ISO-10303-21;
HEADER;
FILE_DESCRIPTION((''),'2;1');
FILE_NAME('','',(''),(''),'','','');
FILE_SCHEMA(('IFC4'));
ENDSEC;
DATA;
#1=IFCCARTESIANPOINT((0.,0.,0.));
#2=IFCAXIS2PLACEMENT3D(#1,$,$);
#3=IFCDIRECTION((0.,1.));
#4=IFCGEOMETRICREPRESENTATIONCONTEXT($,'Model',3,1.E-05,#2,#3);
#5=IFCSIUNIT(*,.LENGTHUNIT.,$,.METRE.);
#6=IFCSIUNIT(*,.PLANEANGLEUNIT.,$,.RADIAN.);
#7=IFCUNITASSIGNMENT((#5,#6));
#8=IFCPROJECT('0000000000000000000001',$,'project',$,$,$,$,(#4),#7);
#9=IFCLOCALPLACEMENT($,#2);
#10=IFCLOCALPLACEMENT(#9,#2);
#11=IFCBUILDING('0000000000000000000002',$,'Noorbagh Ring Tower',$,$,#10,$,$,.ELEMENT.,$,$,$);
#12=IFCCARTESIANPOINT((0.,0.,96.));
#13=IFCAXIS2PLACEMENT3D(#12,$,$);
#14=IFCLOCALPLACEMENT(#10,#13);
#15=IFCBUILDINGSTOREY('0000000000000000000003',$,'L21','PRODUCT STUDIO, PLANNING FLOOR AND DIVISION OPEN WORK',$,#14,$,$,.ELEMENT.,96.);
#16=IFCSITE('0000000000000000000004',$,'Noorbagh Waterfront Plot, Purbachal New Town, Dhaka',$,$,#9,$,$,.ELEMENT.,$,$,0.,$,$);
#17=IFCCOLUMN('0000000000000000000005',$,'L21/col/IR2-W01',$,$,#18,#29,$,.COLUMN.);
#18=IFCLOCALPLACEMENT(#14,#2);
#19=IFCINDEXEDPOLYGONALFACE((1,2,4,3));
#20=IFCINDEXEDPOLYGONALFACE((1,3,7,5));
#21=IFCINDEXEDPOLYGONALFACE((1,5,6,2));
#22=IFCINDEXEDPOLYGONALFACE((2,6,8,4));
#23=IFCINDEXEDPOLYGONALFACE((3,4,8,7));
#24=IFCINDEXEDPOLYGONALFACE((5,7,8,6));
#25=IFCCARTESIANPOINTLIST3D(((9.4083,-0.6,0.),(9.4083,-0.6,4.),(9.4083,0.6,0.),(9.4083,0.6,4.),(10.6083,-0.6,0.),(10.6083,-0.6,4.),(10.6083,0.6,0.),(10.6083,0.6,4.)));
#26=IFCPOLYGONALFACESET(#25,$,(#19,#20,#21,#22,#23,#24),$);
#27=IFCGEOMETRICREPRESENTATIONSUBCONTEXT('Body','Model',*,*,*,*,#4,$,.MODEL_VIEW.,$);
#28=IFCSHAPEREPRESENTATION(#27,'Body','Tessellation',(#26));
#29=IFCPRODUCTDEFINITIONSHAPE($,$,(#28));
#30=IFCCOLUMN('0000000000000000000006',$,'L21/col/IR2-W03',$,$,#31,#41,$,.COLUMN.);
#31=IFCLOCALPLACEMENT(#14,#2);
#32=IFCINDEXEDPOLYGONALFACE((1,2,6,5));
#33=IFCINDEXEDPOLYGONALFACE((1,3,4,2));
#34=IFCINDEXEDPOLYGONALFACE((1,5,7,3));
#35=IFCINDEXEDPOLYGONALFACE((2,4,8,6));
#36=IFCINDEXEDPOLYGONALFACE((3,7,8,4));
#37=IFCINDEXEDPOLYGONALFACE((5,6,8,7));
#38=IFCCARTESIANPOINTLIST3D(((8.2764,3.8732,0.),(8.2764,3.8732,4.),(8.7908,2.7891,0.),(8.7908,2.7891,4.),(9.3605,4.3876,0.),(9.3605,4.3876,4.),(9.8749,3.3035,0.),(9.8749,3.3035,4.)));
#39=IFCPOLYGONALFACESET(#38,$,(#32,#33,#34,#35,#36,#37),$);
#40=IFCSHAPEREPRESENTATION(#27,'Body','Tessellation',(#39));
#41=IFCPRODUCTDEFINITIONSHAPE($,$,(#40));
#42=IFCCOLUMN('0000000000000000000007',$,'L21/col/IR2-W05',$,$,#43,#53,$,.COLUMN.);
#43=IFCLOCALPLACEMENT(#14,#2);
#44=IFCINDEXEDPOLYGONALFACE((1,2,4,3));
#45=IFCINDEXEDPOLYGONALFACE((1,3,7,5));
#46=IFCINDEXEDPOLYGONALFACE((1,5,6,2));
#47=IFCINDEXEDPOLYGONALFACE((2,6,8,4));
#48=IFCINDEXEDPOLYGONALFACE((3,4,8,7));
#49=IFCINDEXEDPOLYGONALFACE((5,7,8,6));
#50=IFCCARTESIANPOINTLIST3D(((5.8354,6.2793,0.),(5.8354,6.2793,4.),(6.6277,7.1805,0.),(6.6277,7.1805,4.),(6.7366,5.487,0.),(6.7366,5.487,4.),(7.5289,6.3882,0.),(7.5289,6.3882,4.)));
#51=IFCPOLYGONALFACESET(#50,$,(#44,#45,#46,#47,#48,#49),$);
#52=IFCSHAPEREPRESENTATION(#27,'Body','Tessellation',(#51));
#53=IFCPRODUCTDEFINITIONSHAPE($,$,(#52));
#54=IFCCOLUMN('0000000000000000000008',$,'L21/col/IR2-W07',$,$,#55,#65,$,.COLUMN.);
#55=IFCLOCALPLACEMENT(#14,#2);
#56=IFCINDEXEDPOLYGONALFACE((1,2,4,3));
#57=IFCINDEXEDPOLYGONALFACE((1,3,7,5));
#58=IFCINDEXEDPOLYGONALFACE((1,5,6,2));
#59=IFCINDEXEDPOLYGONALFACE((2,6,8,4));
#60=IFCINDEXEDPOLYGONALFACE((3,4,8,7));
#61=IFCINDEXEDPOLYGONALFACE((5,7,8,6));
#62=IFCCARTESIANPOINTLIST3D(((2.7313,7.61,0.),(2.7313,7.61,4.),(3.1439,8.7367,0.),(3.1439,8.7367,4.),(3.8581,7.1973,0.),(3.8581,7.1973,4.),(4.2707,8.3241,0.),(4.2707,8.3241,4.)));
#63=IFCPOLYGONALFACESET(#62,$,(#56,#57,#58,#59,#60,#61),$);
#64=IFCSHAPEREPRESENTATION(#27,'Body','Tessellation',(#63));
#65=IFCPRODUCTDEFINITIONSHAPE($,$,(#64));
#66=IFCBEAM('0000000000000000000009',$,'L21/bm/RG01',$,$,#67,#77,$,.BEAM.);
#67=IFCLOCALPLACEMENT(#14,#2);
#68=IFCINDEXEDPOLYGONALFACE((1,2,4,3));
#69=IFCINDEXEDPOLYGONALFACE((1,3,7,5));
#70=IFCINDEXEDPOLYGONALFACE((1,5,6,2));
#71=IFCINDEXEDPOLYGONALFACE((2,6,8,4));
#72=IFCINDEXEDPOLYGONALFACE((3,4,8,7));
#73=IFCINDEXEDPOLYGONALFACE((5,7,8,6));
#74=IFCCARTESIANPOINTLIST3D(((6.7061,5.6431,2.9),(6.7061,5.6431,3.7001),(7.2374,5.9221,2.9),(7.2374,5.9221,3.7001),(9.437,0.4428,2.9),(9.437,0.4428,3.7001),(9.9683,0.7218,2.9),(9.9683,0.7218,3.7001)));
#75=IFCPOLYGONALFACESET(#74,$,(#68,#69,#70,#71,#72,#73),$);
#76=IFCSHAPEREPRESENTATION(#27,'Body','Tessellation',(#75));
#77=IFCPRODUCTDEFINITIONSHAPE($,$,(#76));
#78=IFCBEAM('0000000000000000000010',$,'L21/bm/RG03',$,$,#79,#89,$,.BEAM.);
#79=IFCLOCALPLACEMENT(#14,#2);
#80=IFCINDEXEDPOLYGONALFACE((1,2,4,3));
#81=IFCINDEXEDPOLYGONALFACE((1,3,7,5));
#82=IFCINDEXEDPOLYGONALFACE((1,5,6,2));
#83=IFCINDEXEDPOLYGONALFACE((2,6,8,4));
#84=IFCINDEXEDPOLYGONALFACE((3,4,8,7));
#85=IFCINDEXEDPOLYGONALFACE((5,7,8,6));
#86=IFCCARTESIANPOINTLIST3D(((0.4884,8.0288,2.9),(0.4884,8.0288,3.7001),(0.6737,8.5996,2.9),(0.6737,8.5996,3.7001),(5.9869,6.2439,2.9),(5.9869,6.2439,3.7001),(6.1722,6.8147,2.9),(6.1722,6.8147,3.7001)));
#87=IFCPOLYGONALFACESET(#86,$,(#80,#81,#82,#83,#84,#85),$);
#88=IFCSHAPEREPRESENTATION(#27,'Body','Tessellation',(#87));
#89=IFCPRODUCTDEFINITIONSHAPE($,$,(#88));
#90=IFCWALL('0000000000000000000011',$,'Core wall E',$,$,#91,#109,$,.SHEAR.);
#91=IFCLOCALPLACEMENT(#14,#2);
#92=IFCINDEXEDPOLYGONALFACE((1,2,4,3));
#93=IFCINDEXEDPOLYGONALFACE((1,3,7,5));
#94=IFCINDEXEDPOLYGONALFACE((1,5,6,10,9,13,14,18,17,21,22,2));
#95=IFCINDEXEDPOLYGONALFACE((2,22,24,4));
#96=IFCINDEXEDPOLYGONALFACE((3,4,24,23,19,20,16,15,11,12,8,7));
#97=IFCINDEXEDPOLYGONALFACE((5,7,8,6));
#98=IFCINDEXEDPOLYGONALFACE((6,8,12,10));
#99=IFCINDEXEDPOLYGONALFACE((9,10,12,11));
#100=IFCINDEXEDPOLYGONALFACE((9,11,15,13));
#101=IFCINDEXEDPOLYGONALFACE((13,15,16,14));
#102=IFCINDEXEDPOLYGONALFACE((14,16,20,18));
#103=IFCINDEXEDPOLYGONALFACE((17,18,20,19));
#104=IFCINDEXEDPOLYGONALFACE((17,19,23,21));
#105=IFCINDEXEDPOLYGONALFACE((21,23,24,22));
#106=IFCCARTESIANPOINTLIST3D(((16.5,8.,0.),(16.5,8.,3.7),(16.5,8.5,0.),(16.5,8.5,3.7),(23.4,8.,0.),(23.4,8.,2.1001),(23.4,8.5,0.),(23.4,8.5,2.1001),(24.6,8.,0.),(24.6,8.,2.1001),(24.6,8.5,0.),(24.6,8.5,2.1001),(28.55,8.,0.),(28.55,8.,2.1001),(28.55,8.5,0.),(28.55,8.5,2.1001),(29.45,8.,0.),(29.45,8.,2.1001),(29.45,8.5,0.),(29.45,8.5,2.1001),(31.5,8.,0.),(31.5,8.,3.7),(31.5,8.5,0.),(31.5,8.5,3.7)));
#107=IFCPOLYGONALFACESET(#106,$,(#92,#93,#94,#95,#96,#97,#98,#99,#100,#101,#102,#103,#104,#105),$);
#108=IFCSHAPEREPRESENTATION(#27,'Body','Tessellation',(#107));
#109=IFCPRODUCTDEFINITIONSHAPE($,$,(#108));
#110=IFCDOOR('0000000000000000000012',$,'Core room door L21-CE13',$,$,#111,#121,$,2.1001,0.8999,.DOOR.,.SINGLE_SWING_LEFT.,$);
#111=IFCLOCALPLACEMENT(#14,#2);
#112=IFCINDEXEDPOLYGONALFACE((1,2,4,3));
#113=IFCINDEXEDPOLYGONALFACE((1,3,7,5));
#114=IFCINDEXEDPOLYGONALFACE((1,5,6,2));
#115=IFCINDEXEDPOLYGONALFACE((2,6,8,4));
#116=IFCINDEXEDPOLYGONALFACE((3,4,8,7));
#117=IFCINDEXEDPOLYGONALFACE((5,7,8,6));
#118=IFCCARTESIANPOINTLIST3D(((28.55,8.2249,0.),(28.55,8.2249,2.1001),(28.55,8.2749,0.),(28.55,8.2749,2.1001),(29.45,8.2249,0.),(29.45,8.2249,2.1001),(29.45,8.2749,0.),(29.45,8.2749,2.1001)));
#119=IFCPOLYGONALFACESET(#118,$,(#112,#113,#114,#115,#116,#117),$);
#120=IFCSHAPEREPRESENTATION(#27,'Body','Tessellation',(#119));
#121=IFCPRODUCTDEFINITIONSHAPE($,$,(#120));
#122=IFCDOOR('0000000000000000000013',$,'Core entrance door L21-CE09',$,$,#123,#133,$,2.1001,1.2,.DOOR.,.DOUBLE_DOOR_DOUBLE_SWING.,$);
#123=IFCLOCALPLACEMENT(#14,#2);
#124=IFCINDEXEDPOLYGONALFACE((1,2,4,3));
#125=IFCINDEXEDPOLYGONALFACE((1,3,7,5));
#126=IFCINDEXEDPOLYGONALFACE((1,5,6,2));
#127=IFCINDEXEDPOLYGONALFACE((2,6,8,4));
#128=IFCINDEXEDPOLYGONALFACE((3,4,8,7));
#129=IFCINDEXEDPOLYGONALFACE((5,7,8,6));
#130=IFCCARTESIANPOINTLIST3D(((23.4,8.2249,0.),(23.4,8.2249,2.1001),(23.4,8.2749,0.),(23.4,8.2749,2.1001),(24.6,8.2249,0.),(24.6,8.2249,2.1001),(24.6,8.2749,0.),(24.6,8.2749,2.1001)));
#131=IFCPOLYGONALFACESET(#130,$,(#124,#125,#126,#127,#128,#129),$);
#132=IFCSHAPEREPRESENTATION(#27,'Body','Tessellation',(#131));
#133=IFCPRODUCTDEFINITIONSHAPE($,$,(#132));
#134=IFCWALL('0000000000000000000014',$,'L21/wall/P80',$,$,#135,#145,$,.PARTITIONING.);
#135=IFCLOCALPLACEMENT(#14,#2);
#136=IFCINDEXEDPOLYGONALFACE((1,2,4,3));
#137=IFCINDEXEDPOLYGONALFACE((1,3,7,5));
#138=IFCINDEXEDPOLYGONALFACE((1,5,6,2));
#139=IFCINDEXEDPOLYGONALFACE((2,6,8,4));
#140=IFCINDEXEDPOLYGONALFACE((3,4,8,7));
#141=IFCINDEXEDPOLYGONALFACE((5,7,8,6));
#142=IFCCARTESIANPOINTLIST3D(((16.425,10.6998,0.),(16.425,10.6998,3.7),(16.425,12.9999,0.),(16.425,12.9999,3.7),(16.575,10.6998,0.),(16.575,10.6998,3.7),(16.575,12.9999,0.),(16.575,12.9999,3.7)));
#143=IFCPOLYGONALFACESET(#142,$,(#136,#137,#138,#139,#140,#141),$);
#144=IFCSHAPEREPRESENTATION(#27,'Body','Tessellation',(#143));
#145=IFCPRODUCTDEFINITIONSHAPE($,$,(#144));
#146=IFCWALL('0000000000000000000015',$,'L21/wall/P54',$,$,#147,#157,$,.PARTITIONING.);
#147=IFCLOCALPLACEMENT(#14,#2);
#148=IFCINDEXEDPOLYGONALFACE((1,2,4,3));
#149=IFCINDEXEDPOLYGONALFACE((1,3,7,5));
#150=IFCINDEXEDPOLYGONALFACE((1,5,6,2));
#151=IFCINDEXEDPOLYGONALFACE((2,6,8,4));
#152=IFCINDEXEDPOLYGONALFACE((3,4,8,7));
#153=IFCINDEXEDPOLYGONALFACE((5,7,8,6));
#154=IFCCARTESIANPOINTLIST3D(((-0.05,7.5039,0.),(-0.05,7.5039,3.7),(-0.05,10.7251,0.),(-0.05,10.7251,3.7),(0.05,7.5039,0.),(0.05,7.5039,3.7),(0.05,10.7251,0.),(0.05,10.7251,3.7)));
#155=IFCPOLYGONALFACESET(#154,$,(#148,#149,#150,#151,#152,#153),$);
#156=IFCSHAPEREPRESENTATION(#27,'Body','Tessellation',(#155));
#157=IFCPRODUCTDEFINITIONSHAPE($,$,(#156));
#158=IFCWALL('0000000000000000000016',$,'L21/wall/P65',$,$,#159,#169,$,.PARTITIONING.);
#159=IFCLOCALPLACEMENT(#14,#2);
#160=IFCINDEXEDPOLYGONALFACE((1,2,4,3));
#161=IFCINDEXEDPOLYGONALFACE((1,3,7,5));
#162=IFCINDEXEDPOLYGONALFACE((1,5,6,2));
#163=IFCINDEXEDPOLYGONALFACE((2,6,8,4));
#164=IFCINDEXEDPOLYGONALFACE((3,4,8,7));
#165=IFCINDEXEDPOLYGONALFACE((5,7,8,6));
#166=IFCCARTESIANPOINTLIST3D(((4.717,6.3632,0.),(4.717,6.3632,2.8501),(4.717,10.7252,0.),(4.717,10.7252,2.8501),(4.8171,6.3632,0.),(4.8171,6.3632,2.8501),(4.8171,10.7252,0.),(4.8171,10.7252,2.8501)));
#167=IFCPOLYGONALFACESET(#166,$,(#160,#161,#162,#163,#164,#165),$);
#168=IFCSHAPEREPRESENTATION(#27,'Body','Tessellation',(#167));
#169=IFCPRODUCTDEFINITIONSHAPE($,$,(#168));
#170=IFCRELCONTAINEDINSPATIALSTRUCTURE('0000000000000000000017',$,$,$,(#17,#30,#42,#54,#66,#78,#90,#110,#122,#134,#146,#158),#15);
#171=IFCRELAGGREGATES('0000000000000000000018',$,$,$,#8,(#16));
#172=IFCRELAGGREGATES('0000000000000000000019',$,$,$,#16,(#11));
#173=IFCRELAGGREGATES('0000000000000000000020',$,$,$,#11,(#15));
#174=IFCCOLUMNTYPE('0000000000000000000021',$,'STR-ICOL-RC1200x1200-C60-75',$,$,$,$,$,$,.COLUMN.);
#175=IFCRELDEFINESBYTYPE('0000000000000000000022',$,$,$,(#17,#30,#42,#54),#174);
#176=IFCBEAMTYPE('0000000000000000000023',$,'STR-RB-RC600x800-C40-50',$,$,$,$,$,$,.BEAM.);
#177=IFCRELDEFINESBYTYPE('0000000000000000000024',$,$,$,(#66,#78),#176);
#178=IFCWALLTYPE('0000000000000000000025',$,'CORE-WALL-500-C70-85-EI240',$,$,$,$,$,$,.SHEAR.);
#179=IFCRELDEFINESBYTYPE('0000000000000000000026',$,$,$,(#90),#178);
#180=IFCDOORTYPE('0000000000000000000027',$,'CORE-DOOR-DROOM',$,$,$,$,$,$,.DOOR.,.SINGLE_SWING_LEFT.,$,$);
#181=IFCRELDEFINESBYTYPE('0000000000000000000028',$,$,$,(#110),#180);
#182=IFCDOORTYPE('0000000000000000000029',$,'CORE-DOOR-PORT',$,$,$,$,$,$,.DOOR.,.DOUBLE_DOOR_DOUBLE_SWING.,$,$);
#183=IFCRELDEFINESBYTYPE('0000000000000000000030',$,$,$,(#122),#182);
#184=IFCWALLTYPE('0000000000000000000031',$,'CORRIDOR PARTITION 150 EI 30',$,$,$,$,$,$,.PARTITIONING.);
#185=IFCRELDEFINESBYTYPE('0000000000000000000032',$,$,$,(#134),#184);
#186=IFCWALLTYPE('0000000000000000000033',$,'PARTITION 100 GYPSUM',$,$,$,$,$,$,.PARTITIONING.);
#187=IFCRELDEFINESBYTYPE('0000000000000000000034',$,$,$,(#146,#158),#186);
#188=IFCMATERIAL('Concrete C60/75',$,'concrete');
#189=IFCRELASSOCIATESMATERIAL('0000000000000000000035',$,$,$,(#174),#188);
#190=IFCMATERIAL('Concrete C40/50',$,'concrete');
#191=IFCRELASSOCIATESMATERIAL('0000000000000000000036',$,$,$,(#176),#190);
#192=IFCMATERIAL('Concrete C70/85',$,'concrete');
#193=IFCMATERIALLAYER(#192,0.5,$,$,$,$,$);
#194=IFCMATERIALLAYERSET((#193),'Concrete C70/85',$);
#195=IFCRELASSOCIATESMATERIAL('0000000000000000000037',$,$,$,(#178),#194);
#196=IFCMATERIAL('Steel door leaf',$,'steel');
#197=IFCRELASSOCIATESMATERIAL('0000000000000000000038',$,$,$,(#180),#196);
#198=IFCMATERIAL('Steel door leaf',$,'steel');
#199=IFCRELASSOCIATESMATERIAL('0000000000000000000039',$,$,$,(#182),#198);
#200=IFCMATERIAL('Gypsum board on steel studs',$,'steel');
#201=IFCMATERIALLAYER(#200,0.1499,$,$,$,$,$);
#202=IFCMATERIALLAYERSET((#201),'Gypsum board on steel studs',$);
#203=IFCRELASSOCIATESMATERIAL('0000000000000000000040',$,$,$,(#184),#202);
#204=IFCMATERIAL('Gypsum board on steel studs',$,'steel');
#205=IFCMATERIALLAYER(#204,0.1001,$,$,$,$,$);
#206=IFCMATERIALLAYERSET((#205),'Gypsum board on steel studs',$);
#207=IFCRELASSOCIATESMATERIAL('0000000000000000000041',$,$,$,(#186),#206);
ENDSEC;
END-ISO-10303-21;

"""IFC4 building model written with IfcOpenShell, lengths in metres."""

from ifc_helpers import new_model, si_unit, direction, frame, frame_2d, origin, origin_2d, place, context, subcontext, project, spatial, rectangle, extrude, material, layer, layer_set, material_profile, profile_set, type_object, element, fill, save


model = new_model("IFC4")

# Units and contexts
model_context = context("Model", 3, precision=1e-05, world=origin(), true_north=direction((0.0, 1.0)))
body_context = subcontext(model_context, "Body", "Model", "MODEL_VIEW")
ifc_project = project(units=[si_unit("LENGTHUNIT", "METRE"), si_unit("PLANEANGLEUNIT", "RADIAN")], contexts=[model_context])

# Site, building, storey
site_placement = place(None, origin())
site = spatial("IfcSite", under=ifc_project, at=site_placement, Name="Noorbagh Waterfront Plot, Purbachal New Town, Dhaka", CompositionType="ELEMENT", RefElevation=0.0)
building_placement = place(site_placement, origin())
building = spatial("IfcBuilding", under=site, at=building_placement, Name="Noorbagh Ring Tower", CompositionType="ELEMENT")
storey_placement = place(building_placement, frame((0.0, 0.0, 96.0)))
storey = spatial("IfcBuildingStorey", under=building, at=storey_placement, Name="L21", Description="PRODUCT STUDIO, PLANNING FLOOR AND DIVISION OPEN WORK", CompositionType="ELEMENT", Elevation=96.0)

# Columns
ifc_material_1 = material(Name="Concrete C60/75", Category="concrete")
ifc_material_profile_1 = material_profile(ifc_material_1, rectangle(XDim=1.2, YDim=1.2, at=origin_2d()), Name="RC1200x1200")
ifc_profile_set_1 = profile_set([ifc_material_profile_1], Name="Concrete C60/75")
column_type = type_object("IfcColumnType", Name="STR-ICOL-RC1200x1200-C60-75", PredefinedType="COLUMN", material=ifc_profile_set_1)
for number, where, z_axis, x_axis, name in (
    (1, (10.0083, 0.0, 0.0), (0.0, 0.0, 1.0), (0.0, 1.0, 0.0), "L21/col/IR2-W01"),
    (2, (9.0757, 3.5884, 0.0), (0.0, 0.0, 1.0), (-0.428667, 0.903463, 0.0), "L21/col/IR2-W03"),
    (3, (6.6821, 6.3337, 0.0), (0.0, 0.0, 1.0), (-0.751022, 0.660277, 0.0), "L21/col/IR2-W05"),
    (4, (3.501, 7.967, 0.0), (0.0, 0.0, 1.0), (-0.93902, 0.343864, 0.0), "L21/col/IR2-W07"),
):
    element("IfcColumn", number, at=place(storey_placement, frame(where, z_axis=z_axis, x_axis=x_axis)), inside=storey, type_object=column_type, Name=name, PredefinedType="COLUMN", context=body_context, shape_type="SweptSolid", body=[
        extrude(rectangle(XDim=1.2, YDim=1.2, at=origin_2d()), origin(), (0.0, 0.0, 1.0), 4.0),
    ])

# Beams
ifc_material_2 = material(Name="Concrete C40/50", Category="concrete")
ifc_material_profile_2 = material_profile(ifc_material_2, rectangle(XDim=0.6001, YDim=0.8, at=origin_2d()), Name="RC600x800")
ifc_profile_set_2 = profile_set([ifc_material_profile_2], Name="Concrete C40/50")
beam_type = type_object("IfcBeamType", Name="STR-RB-RC600x800-C40-50", PredefinedType="BEAM", material=ifc_profile_set_2)
beam_1_placement = place(storey_placement, frame((9.7026, 0.5823, 3.3), z_axis=(-0.464931, 0.885347, 0.0), x_axis=(-0.885347, -0.464931, 0.0)))
element("IfcBeam", 5, at=beam_1_placement, inside=storey, type_object=beam_type, Name="L21/bm/RG01", PredefinedType="BEAM", context=body_context, shape_type="SweptSolid", body=[
    extrude(rectangle(XDim=0.6001, YDim=0.8, at=origin_2d()), origin(), (0.0, 0.0, 1.0), 5.8738),
])
beam_2_placement = place(storey_placement, frame((6.0796, 6.5293, 3.3), z_axis=(-0.951141, 0.308756, 0.0), x_axis=(-0.308756, -0.951141, 0.0)))
element("IfcBeam", 6, at=beam_2_placement, inside=storey, type_object=beam_type, Name="L21/bm/RG03", PredefinedType="BEAM", context=body_context, shape_type="SweptSolid", body=[
    extrude(rectangle(XDim=0.6001, YDim=0.8, at=origin_2d()), origin(), (0.0, 0.0, 1.0), 5.781),
])

# Wall, openings, doors
ifc_material_3 = material(Name="Concrete C70/85", Category="concrete")
ifc_layer_1 = layer(ifc_material_3, 0.5)
ifc_layer_set_1 = layer_set([ifc_layer_1], Name="Concrete C70/85")
wall_type_1 = type_object("IfcWallType", Name="CORE-WALL-500-C70-85-EI240", PredefinedType="SHEAR", material=ifc_layer_set_1)
wall_1_placement = place(storey_placement, frame((16.5, 8.25, 0.0), z_axis=(0.0, 0.0, 1.0), x_axis=(1.0, 0.0, 0.0)))
wall_1 = element("IfcWall", 7, at=wall_1_placement, inside=storey, type_object=wall_type_1, Name="Core wall E", PredefinedType="SHEAR", context=body_context, shape_type="SweptSolid", body=[
    extrude(rectangle(XDim=15.0, YDim=0.5, at=frame_2d((7.5, 0.0))), origin(), (0.0, 0.0, 1.0), 3.7),
])
opening_1_placement = place(wall_1_placement, frame((6.8999, 0.0, 0.0)))
opening_1 = element("IfcOpeningElement", 8, at=opening_1_placement, cuts=wall_1, PredefinedType="OPENING", context=body_context, shape_type="SweptSolid", body=[
    extrude(rectangle(XDim=1.2, YDim=2.1001, at=frame_2d((0.6001, 1.05))), frame((0.0, 0.26, 0.0), z_axis=(0.0, -1.0, 0.0), x_axis=(1.0, 0.0, 0.0)), (0.0, 0.0, 1.0), 0.52),
])
opening_2_placement = place(wall_1_placement, frame((12.05, 0.0, 0.0)))
opening_2 = element("IfcOpeningElement", 9, at=opening_2_placement, cuts=wall_1, PredefinedType="OPENING", context=body_context, shape_type="SweptSolid", body=[
    extrude(rectangle(XDim=0.8999, YDim=2.1001, at=frame_2d((0.45, 1.05))), frame((0.0, 0.26, 0.0), z_axis=(0.0, -1.0, 0.0), x_axis=(1.0, 0.0, 0.0)), (0.0, 0.0, 1.0), 0.52),
])
ifc_material_4 = material(Name="Steel door leaf", Category="steel")
door_type_1 = type_object("IfcDoorType", Name="CORE-DOOR-DROOM", OperationType="SINGLE_SWING_LEFT", PredefinedType="DOOR", material=ifc_material_4)
door_1_placement = place(opening_2_placement, origin())
door_1 = element("IfcDoor", 10, at=door_1_placement, inside=storey, type_object=door_type_1, Name="Core room door L21-CE13", OperationType="SINGLE_SWING_LEFT", OverallHeight=2.1001, OverallWidth=0.8999, PredefinedType="DOOR", context=body_context, shape_type="SweptSolid", body=[
    extrude(rectangle(XDim=0.8999, YDim=2.1001, at=frame_2d((0.45, 1.05))), frame((0.0, 0.0249, 0.0), z_axis=(0.0, -1.0, 0.0), x_axis=(1.0, 0.0, 0.0)), (0.0, 0.0, 1.0), 0.05),
])
fill(opening_2, door_1)
ifc_material_5 = material(Name="Steel door leaf", Category="steel")
door_type_2 = type_object("IfcDoorType", Name="CORE-DOOR-PORT", OperationType="DOUBLE_DOOR_DOUBLE_SWING", PredefinedType="DOOR", material=ifc_material_5)
door_2_placement = place(opening_1_placement, origin())
door_2 = element("IfcDoor", 11, at=door_2_placement, inside=storey, type_object=door_type_2, Name="Core entrance door L21-CE09", OperationType="DOUBLE_DOOR_DOUBLE_SWING", OverallHeight=2.1001, OverallWidth=1.2, PredefinedType="DOOR", context=body_context, shape_type="SweptSolid", body=[
    extrude(rectangle(XDim=1.2, YDim=2.1001, at=frame_2d((0.6001, 1.05))), frame((0.0, 0.0249, 0.0), z_axis=(0.0, -1.0, 0.0), x_axis=(1.0, 0.0, 0.0)), (0.0, 0.0, 1.0), 0.05),
])
fill(opening_1, door_2)

# Walls
ifc_material_6 = material(Name="Gypsum board on steel studs", Category="steel")
ifc_layer_2 = layer(ifc_material_6, 0.1499)
ifc_layer_set_2 = layer_set([ifc_layer_2], Name="Gypsum board on steel studs")
wall_type_2 = type_object("IfcWallType", Name="CORRIDOR PARTITION 150 EI 30", PredefinedType="PARTITIONING", material=ifc_layer_set_2)
wall_2_placement = place(storey_placement, frame((16.5, 10.7, 0.0), z_axis=(0.0, 0.0, 1.0), x_axis=(0.0, 1.0, 0.0)))
element("IfcWall", 12, at=wall_2_placement, inside=storey, type_object=wall_type_2, Name="L21/wall/P80", PredefinedType="PARTITIONING", context=body_context, shape_type="SweptSolid", body=[
    extrude(rectangle(XDim=2.3, YDim=0.1499, at=frame_2d((1.1499, 0.0))), origin(), (0.0, 0.0, 1.0), 3.7),
])
ifc_material_7 = material(Name="Gypsum board on steel studs", Category="steel")
ifc_layer_3 = layer(ifc_material_7, 0.1001)
ifc_layer_set_3 = layer_set([ifc_layer_3], Name="Gypsum board on steel studs")
wall_type_3 = type_object("IfcWallType", Name="PARTITION 100 GYPSUM", PredefinedType="PARTITIONING", material=ifc_layer_set_3)
wall_3_placement = place(storey_placement, frame((0.0, 7.5039, 0.0), z_axis=(0.0, 0.0, 1.0), x_axis=(0.0, 1.0, 0.0)))
element("IfcWall", 13, at=wall_3_placement, inside=storey, type_object=wall_type_3, Name="L21/wall/P54", PredefinedType="PARTITIONING", context=body_context, shape_type="SweptSolid", body=[
    extrude(rectangle(XDim=3.2212, YDim=0.1001, at=frame_2d((1.6106, 0.0))), origin(), (0.0, 0.0, 1.0), 3.7),
])
wall_4_placement = place(storey_placement, frame((4.7671, 6.363, 0.0), z_axis=(0.0, 0.0, 1.0), x_axis=(0.0, 1.0, 0.0)))
element("IfcWall", 14, at=wall_4_placement, inside=storey, type_object=wall_type_3, Name="L21/wall/P65", PredefinedType="PARTITIONING", context=body_context, shape_type="SweptSolid", body=[
    extrude(rectangle(XDim=4.3621, YDim=0.1001, at=frame_2d((2.1812, 0.0))), origin(), (0.0, 0.0, 1.0), 2.8501),
])

save(model, "model.ifc")
